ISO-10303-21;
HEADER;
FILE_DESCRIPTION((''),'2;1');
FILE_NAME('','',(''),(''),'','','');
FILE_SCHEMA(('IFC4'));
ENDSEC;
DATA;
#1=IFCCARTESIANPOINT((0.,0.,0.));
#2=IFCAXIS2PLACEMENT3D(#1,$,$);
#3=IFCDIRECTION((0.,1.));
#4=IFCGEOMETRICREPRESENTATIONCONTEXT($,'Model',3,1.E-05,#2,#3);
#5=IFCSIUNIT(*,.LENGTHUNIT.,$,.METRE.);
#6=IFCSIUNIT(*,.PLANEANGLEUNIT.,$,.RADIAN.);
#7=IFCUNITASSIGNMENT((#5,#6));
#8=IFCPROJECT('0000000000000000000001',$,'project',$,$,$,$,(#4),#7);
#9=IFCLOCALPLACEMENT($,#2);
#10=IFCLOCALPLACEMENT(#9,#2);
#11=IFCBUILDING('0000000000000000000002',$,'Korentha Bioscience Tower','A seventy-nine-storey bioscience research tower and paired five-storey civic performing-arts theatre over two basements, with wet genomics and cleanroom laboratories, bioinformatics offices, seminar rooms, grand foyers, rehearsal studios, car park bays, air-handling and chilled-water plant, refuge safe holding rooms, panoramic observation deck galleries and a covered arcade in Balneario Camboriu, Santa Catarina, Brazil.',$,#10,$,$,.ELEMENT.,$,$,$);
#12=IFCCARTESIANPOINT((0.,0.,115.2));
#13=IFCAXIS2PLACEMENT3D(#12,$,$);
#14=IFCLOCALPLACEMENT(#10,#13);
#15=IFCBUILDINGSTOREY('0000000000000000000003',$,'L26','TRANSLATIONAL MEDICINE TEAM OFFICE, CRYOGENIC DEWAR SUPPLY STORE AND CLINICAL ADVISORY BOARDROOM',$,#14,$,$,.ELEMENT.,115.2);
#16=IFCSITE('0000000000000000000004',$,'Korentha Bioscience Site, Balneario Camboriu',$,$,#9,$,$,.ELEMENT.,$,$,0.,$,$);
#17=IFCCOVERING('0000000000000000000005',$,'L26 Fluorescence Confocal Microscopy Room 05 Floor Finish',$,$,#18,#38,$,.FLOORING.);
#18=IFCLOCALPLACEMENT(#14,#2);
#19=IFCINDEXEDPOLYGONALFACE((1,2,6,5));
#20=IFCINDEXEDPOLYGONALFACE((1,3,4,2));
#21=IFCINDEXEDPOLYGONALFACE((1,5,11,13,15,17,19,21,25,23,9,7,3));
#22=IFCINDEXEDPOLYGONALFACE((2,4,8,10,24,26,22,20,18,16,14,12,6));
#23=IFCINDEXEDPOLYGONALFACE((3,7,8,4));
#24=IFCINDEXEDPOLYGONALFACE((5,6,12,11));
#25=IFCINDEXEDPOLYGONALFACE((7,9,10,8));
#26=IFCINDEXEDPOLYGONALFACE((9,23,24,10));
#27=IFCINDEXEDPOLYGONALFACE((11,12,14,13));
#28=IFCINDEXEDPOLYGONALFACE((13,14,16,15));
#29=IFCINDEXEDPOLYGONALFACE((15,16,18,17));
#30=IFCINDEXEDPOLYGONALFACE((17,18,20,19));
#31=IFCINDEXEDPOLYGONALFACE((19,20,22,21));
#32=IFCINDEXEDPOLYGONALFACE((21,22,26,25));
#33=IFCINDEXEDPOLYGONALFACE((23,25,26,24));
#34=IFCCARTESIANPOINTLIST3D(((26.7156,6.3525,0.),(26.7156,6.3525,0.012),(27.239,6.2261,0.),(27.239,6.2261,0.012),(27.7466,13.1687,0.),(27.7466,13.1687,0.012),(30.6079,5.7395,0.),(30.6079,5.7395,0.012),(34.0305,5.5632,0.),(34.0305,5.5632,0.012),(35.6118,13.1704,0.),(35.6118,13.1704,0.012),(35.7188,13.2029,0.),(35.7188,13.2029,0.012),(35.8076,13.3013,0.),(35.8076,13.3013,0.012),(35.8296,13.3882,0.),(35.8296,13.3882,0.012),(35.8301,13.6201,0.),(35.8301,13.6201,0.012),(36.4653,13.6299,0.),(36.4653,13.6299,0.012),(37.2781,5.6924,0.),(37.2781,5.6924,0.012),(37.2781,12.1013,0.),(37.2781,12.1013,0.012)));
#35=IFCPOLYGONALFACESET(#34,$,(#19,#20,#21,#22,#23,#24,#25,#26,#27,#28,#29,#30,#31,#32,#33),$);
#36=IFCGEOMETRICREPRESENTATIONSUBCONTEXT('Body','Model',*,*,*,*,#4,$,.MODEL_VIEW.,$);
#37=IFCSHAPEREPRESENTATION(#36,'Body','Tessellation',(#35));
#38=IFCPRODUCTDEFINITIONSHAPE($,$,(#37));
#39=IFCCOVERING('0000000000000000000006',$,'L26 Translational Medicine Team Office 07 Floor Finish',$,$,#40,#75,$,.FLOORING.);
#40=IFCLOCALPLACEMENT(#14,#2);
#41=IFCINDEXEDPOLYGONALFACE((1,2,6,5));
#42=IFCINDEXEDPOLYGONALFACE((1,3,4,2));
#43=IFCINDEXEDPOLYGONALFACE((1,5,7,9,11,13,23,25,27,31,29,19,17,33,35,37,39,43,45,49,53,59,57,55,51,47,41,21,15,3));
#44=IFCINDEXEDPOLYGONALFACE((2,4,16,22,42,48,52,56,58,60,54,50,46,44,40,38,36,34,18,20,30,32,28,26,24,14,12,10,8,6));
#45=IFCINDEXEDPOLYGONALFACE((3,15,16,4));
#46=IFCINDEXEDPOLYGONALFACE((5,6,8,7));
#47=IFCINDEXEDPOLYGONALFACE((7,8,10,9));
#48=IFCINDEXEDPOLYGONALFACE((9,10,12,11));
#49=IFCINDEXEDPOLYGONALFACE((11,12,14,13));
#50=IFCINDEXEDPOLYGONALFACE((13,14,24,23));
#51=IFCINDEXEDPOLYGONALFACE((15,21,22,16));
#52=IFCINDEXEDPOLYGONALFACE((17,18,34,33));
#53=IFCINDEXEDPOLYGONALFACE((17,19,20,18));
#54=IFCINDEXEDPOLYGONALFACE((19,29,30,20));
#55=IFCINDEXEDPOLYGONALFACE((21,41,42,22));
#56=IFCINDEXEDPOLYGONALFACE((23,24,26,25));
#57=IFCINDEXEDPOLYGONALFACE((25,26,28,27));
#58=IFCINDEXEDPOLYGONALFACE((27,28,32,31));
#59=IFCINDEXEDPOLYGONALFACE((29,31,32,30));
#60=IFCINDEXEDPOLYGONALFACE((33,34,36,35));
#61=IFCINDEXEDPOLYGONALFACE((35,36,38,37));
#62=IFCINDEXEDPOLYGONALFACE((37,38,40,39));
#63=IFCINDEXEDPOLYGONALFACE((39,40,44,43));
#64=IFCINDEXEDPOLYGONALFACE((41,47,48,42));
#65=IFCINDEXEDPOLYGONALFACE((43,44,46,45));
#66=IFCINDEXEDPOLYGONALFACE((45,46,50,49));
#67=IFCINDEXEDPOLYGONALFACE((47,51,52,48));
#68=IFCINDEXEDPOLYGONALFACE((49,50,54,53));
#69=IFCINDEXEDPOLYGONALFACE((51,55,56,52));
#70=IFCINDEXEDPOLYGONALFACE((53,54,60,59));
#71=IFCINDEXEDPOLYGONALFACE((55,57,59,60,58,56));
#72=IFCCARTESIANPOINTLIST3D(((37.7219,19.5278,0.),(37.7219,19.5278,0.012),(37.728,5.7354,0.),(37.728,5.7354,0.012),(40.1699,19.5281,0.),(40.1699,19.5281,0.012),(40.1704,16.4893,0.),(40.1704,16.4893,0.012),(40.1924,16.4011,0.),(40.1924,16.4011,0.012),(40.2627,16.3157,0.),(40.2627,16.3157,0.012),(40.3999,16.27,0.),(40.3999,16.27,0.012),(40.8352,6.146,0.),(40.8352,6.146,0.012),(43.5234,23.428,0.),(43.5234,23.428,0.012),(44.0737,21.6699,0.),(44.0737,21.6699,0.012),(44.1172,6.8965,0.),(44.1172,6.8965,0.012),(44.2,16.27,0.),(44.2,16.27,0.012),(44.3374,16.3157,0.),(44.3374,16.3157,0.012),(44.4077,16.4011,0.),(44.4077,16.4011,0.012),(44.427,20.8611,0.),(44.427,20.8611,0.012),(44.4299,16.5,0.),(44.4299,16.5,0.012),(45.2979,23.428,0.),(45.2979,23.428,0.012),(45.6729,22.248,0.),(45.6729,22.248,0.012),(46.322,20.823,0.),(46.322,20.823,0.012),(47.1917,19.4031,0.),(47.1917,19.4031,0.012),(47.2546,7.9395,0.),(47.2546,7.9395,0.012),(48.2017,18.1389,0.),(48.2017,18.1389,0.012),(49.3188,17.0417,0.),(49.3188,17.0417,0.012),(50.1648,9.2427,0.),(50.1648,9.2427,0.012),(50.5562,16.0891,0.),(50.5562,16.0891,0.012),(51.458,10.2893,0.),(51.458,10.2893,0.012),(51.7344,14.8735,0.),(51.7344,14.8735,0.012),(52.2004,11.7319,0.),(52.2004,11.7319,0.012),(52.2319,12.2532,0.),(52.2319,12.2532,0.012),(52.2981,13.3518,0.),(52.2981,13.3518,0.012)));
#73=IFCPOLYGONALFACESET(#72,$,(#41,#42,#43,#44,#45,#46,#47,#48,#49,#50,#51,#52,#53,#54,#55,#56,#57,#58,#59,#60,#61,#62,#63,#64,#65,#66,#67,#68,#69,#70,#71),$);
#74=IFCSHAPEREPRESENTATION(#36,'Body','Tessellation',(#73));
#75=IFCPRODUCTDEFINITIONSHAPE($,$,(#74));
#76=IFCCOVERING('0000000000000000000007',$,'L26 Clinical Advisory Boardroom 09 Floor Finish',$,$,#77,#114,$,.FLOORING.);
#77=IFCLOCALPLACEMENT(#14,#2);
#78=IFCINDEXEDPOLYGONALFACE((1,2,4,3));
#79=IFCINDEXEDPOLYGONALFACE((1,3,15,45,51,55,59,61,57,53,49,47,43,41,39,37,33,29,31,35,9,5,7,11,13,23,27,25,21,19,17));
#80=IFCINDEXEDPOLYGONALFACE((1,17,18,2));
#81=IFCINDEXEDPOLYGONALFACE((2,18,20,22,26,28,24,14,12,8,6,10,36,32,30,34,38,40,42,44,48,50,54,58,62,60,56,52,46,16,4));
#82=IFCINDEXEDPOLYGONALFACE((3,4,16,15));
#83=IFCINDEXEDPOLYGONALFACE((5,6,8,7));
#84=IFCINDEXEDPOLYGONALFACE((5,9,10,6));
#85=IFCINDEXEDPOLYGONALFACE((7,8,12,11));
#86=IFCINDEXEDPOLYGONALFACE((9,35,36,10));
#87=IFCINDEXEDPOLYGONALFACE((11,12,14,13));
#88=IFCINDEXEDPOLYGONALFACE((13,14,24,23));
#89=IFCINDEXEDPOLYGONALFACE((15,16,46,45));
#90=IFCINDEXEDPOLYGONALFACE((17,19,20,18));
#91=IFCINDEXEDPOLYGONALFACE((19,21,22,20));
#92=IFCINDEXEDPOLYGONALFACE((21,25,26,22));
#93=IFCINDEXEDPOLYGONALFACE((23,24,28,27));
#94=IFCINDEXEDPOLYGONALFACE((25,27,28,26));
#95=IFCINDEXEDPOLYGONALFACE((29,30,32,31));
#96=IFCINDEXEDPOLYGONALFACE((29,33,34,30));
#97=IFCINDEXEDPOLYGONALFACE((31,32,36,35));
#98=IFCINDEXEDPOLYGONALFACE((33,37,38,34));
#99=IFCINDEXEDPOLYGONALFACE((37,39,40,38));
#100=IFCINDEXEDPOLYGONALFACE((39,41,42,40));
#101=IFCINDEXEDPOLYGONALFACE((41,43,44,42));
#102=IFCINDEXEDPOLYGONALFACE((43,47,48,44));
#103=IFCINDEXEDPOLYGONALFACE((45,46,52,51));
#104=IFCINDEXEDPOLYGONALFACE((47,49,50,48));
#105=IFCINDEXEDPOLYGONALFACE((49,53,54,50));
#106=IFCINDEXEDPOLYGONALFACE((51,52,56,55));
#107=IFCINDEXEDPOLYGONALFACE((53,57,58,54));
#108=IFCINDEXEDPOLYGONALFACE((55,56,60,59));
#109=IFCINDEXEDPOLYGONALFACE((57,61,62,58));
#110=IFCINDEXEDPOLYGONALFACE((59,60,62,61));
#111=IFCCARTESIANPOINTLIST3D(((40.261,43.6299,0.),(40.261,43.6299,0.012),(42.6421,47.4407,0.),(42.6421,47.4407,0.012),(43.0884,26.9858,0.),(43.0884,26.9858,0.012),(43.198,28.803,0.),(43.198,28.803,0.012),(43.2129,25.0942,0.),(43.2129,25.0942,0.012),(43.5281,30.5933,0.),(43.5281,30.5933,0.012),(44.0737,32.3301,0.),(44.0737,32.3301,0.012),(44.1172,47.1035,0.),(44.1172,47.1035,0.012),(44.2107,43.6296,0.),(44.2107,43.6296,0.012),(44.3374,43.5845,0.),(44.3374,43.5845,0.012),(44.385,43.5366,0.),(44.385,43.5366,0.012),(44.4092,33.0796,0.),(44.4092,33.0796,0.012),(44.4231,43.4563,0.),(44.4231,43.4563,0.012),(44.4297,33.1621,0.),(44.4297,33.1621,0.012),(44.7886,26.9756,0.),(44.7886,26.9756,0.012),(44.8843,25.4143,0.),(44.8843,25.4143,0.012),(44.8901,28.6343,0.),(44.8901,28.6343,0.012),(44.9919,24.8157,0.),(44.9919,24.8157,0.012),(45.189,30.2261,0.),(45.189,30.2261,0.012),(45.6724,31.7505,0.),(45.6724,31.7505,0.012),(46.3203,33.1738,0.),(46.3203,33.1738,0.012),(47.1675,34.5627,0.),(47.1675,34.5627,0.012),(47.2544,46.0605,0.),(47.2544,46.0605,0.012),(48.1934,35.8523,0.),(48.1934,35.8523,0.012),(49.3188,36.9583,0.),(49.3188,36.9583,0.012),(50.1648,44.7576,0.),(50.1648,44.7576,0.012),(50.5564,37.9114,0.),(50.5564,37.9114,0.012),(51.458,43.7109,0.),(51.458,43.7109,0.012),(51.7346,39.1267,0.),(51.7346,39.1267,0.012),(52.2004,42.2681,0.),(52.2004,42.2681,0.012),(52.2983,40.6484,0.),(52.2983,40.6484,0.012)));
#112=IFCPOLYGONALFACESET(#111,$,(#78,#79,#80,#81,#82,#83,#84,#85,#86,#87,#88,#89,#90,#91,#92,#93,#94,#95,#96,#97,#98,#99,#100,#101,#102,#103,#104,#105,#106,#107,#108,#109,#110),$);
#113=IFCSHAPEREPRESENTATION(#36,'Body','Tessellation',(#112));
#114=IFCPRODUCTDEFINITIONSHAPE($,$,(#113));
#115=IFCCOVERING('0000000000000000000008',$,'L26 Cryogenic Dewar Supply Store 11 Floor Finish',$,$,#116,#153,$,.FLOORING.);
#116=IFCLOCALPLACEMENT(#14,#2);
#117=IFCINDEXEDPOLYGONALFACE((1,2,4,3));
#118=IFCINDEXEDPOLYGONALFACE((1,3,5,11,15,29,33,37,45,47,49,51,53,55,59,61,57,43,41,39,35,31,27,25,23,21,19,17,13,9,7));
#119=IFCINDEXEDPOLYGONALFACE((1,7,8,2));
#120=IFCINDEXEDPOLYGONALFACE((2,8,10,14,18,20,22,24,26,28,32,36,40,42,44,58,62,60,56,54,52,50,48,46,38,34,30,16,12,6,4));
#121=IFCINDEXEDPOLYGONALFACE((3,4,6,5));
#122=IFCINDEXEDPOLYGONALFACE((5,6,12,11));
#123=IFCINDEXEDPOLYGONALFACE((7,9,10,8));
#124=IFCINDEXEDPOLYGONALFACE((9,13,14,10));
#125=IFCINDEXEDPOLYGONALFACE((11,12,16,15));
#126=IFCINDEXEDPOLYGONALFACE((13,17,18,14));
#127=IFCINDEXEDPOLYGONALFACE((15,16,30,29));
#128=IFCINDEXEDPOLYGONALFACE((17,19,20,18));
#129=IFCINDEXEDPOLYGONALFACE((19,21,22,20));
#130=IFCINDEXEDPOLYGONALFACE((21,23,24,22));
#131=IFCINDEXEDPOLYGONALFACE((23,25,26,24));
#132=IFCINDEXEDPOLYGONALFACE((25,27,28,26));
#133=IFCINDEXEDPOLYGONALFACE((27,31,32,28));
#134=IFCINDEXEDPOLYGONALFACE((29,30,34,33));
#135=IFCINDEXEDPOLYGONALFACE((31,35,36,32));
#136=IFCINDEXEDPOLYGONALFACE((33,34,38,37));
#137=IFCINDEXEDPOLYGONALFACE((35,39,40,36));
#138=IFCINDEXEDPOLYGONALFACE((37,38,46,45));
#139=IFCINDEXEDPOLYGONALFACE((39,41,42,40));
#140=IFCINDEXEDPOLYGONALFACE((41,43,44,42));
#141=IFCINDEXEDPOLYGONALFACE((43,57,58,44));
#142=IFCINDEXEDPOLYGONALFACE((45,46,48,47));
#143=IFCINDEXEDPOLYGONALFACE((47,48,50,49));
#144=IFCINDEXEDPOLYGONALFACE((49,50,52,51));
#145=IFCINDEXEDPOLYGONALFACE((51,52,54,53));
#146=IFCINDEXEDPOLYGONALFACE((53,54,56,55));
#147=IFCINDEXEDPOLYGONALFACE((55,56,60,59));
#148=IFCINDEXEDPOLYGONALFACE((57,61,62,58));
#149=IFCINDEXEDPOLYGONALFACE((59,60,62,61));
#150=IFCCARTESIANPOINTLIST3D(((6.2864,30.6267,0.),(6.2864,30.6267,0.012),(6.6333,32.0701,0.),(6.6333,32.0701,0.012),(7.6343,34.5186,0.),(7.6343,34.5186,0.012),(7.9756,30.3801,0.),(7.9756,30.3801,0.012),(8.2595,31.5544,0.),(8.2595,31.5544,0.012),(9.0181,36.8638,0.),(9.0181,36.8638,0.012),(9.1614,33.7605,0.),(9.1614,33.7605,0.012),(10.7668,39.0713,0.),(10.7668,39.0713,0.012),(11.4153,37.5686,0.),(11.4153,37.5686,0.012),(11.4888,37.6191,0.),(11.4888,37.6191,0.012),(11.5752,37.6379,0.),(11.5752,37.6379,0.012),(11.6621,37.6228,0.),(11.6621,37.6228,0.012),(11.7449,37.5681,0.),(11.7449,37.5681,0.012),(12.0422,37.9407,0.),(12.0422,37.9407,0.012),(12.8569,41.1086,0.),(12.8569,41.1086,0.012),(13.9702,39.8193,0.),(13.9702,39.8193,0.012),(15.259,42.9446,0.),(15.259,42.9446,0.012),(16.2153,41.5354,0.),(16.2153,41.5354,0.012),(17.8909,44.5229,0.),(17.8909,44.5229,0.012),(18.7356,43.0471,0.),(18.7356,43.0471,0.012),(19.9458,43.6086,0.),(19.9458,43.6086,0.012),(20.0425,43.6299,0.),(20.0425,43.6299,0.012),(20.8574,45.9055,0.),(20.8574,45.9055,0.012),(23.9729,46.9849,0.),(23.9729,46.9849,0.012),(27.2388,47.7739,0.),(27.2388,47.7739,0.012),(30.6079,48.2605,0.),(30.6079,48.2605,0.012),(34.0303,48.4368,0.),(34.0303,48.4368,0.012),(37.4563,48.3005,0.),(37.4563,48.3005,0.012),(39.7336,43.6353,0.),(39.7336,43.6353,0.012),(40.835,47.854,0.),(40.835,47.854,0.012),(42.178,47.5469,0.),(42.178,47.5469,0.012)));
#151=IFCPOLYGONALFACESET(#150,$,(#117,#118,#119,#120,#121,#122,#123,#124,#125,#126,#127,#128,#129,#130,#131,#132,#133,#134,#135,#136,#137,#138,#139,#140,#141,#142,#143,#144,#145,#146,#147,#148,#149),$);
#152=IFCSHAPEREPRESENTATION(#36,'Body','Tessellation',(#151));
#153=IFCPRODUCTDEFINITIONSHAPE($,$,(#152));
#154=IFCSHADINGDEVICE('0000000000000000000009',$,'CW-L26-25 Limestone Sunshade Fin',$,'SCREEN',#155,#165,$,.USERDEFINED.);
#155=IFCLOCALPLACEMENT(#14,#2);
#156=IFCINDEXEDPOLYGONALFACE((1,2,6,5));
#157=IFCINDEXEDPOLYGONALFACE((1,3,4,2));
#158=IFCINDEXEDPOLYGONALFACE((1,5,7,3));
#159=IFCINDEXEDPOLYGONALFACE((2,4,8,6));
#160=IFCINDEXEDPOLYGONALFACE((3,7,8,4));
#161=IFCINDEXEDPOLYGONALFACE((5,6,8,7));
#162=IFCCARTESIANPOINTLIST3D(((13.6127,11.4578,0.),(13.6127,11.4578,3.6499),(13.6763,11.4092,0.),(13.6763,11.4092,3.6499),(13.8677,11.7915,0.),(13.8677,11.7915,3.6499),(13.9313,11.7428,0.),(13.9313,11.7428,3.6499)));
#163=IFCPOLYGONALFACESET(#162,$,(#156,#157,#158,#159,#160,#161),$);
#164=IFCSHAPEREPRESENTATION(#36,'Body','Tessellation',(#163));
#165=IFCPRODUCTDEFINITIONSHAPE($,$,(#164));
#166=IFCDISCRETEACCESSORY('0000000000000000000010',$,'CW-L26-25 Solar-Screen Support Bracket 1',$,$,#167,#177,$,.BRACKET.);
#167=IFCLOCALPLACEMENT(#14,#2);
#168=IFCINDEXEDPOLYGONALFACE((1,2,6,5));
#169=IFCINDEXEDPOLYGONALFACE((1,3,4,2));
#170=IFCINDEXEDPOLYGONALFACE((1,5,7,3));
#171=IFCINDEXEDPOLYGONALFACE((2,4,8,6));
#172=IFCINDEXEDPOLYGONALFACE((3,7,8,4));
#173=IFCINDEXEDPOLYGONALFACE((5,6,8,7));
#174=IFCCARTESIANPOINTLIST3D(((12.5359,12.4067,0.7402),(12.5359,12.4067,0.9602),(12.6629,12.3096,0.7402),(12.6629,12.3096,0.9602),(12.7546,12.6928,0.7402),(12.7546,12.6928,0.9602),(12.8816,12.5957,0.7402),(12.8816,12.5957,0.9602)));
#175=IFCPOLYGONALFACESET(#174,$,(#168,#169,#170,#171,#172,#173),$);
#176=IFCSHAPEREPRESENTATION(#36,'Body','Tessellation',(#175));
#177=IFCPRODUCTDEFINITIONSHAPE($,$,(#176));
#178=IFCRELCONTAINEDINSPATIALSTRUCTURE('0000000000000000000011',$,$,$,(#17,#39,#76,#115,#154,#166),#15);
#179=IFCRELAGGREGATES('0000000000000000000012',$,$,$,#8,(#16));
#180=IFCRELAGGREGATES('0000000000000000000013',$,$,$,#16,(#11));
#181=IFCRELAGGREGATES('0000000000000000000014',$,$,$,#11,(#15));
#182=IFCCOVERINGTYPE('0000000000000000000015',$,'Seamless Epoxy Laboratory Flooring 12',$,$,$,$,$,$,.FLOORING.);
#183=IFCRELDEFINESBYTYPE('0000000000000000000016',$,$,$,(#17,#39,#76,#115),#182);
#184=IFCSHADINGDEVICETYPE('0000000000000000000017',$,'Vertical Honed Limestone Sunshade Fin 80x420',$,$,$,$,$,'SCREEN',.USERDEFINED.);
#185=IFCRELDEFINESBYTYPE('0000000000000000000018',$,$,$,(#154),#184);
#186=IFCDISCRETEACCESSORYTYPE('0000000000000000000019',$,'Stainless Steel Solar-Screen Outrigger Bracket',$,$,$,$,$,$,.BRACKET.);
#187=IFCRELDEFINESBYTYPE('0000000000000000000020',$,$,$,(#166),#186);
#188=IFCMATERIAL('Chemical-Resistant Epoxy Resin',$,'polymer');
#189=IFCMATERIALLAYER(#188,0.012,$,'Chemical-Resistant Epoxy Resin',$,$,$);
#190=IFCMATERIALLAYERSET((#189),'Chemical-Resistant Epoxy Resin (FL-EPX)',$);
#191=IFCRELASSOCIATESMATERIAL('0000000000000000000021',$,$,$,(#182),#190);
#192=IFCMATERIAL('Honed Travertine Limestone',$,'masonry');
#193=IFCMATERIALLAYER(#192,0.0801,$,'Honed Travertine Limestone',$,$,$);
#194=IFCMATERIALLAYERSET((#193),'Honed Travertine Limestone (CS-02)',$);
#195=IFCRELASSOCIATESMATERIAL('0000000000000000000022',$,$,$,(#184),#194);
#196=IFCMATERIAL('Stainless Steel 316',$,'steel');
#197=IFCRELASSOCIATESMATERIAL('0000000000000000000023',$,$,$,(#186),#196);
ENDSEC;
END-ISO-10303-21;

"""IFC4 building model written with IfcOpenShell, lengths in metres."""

from ifc_helpers import new_model, si_unit, direction, frame, origin, origin_2d, place, context, subcontext, project, spatial, polyline, rectangle, outline, extrude, material, layer, layer_set, type_object, element, save


model = new_model("IFC4")

# Units and contexts
model_context = context("Model", 3, precision=1e-05, world=origin(), true_north=direction((0.0, 1.0)))
body_context = subcontext(model_context, "Body", "Model", "MODEL_VIEW")
ifc_project = project(units=[si_unit("LENGTHUNIT", "METRE"), si_unit("PLANEANGLEUNIT", "RADIAN")], contexts=[model_context])

# Site, building, storey
site_placement = place(None, origin())
site = spatial("IfcSite", under=ifc_project, at=site_placement, Name="Korentha Bioscience Site, Balneario Camboriu", CompositionType="ELEMENT", RefElevation=0.0)
building_placement = place(site_placement, origin())
building = spatial("IfcBuilding", under=site, at=building_placement, Name="Korentha Bioscience Tower", Description="A seventy-nine-storey bioscience research tower and paired five-storey civic performing-arts theatre over two basements, with wet genomics and cleanroom laboratories, bioinformatics offices, seminar rooms, grand foyers, rehearsal studios, car park bays, air-handling and chilled-water plant, refuge safe holding rooms, panoramic observation deck galleries and a covered arcade in Balneario Camboriu, Santa Catarina, Brazil.", CompositionType="ELEMENT")
storey_placement = place(building_placement, frame((0.0, 0.0, 115.2)))
storey = spatial("IfcBuildingStorey", under=building, at=storey_placement, Name="L26", Description="TRANSLATIONAL MEDICINE TEAM OFFICE, CRYOGENIC DEWAR SUPPLY STORE AND CLINICAL ADVISORY BOARDROOM", CompositionType="ELEMENT", Elevation=115.2)

# Coverings
ifc_material_1 = material(Name="Chemical-Resistant Epoxy Resin", Category="polymer")
ifc_layer_1 = layer(ifc_material_1, 0.012, Name="Chemical-Resistant Epoxy Resin")
ifc_layer_set_1 = layer_set([ifc_layer_1], Name="Chemical-Resistant Epoxy Resin (FL-EPX)")
covering_type_1 = type_object("IfcCoveringType", Name="Seamless Epoxy Laboratory Flooring 12", PredefinedType="FLOORING", material=ifc_layer_set_1)
covering_1_placement = place(storey_placement, origin())
element("IfcCovering", 1, at=covering_1_placement, inside=storey, type_object=covering_type_1, Name="L26 Fluorescence Confocal Microscopy Room 05 Floor Finish", PredefinedType="FLOORING", context=body_context, shape_type="SweptSolid", body=[
    extrude(outline(polyline([(27.7466, 13.1687), (35.6118, 13.1704), (35.7188, 13.2029), (35.8076, 13.3013), (35.8296, 13.3882), (35.8301, 13.6201), (36.4653, 13.6299), (37.2781, 12.1013), (37.2781, 5.6924), (34.0305, 5.5632), (30.6079, 5.7395), (27.239, 6.2261), (26.7156, 6.3525), (27.7466, 13.1687)])), origin(), (0.0, 0.0, 1.0), 0.012),
])
covering_2_placement = place(storey_placement, origin())
element("IfcCovering", 2, at=covering_2_placement, inside=storey, type_object=covering_type_1, Name="L26 Translational Medicine Team Office 07 Floor Finish", PredefinedType="FLOORING", context=body_context, shape_type="SweptSolid", body=[
    extrude(outline(polyline([(40.1699, 19.5281), (40.1704, 16.4893), (40.1924, 16.4011), (40.2627, 16.3157), (40.3999, 16.27), (44.2, 16.27), (44.3374, 16.3157), (44.4077, 16.4011), (44.4299, 16.5), (44.427, 20.8611), (44.0737, 21.6699), (43.5234, 23.428), (45.2979, 23.428), (45.6729, 22.248), (46.322, 20.823), (47.1917, 19.4031), (48.2017, 18.1389), (49.3188, 17.0417), (50.5562, 16.0891), (51.7344, 14.8735), (52.2981, 13.3518), (52.2319, 12.2532), (52.2004, 11.7319), (51.458, 10.2893), (50.1648, 9.2427), (47.2546, 7.9395), (44.1172, 6.8965), (40.8352, 6.146), (37.728, 5.7354), (37.7219, 19.5278), (40.1699, 19.5281)])), origin(), (0.0, 0.0, 1.0), 0.012),
])
covering_3_placement = place(storey_placement, origin())
element("IfcCovering", 3, at=covering_3_placement, inside=storey, type_object=covering_type_1, Name="L26 Clinical Advisory Boardroom 09 Floor Finish", PredefinedType="FLOORING", context=body_context, shape_type="SweptSolid", body=[
    extrude(outline(polyline([(44.1172, 47.1035), (47.2544, 46.0605), (50.1648, 44.7576), (51.458, 43.7109), (52.2004, 42.2681), (52.2983, 40.6484), (51.7346, 39.1267), (50.5564, 37.9114), (49.3188, 36.9583), (48.1934, 35.8523), (47.1675, 34.5627), (46.3203, 33.1738), (45.6724, 31.7505), (45.189, 30.2261), (44.8901, 28.6343), (44.7886, 26.9756), (44.8843, 25.4143), (44.9919, 24.8157), (43.2129, 25.0942), (43.0884, 26.9858), (43.198, 28.803), (43.5281, 30.5933), (44.0737, 32.3301), (44.4092, 33.0796), (44.4297, 33.1621), (44.4231, 43.4563), (44.385, 43.5366), (44.3374, 43.5845), (44.2107, 43.6296), (40.261, 43.6299), (42.6421, 47.4407), (44.1172, 47.1035)])), origin(), (0.0, 0.0, 1.0), 0.012),
])
covering_4_placement = place(storey_placement, origin())
element("IfcCovering", 4, at=covering_4_placement, inside=storey, type_object=covering_type_1, Name="L26 Cryogenic Dewar Supply Store 11 Floor Finish", PredefinedType="FLOORING", context=body_context, shape_type="SweptSolid", body=[
    extrude(outline(polyline([(6.6333, 32.0701), (7.6343, 34.5186), (9.0181, 36.8638), (10.7668, 39.0713), (12.8569, 41.1086), (15.259, 42.9446), (17.8909, 44.5229), (20.8574, 45.9055), (23.9729, 46.9849), (27.2388, 47.7739), (30.6079, 48.2605), (34.0303, 48.4368), (37.4563, 48.3005), (40.835, 47.854), (42.178, 47.5469), (39.7336, 43.6353), (20.0425, 43.6299), (19.9458, 43.6086), (18.7356, 43.0471), (16.2153, 41.5354), (13.9702, 39.8193), (12.0422, 37.9407), (11.7449, 37.5681), (11.6621, 37.6228), (11.5752, 37.6379), (11.4888, 37.6191), (11.4153, 37.5686), (9.1614, 33.7605), (8.2595, 31.5544), (7.9756, 30.3801), (6.2864, 30.6267), (6.6333, 32.0701)])), origin(), (0.0, 0.0, 1.0), 0.012),
])

# Shading device
ifc_material_2 = material(Name="Honed Travertine Limestone", Category="masonry")
ifc_layer_2 = layer(ifc_material_2, 0.0801, Name="Honed Travertine Limestone")
ifc_layer_set_2 = layer_set([ifc_layer_2], Name="Honed Travertine Limestone (CS-02)")
shading_device_type_1 = type_object("IfcShadingDeviceType", Name="Vertical Honed Limestone Sunshade Fin 80x420", ElementType="SCREEN", PredefinedType="USERDEFINED", material=ifc_layer_set_2)
shading_device_1_placement = place(storey_placement, frame((13.772, 11.6003, 0.0), z_axis=(0.0, 0.0, 1.0), x_axis=(0.7945, -0.607265, 0.0)))
element("IfcShadingDevice", 5, at=shading_device_1_placement, inside=storey, type_object=shading_device_type_1, Name="CW-L26-25 Limestone Sunshade Fin", ObjectType="SCREEN", PredefinedType="USERDEFINED", context=body_context, shape_type="SweptSolid", body=[
    extrude(rectangle(XDim=0.0801, YDim=0.4199, at=origin_2d()), origin(), (0.0, 0.0, 1.0), 3.6499),
])

# Discrete accessory
ifc_material_3 = material(Name="Stainless Steel 316", Category="steel")
discrete_accessory_type = type_object("IfcDiscreteAccessoryType", Name="Stainless Steel Solar-Screen Outrigger Bracket", PredefinedType="BRACKET", material=ifc_material_3)
discrete_accessory_placement = place(storey_placement, frame((12.7087, 12.5012, 0.7402), z_axis=(0.0, 0.0, 1.0), x_axis=(0.7945, -0.607265, 0.0)))
element("IfcDiscreteAccessory", 6, at=discrete_accessory_placement, inside=storey, type_object=discrete_accessory_type, Name="CW-L26-25 Solar-Screen Support Bracket 1", PredefinedType="BRACKET", context=body_context, shape_type="SweptSolid", body=[
    extrude(rectangle(XDim=0.1599, YDim=0.3601, at=origin_2d()), origin(), (0.0, 0.0, 1.0), 0.22),
])

save(model, "model.ifc")
